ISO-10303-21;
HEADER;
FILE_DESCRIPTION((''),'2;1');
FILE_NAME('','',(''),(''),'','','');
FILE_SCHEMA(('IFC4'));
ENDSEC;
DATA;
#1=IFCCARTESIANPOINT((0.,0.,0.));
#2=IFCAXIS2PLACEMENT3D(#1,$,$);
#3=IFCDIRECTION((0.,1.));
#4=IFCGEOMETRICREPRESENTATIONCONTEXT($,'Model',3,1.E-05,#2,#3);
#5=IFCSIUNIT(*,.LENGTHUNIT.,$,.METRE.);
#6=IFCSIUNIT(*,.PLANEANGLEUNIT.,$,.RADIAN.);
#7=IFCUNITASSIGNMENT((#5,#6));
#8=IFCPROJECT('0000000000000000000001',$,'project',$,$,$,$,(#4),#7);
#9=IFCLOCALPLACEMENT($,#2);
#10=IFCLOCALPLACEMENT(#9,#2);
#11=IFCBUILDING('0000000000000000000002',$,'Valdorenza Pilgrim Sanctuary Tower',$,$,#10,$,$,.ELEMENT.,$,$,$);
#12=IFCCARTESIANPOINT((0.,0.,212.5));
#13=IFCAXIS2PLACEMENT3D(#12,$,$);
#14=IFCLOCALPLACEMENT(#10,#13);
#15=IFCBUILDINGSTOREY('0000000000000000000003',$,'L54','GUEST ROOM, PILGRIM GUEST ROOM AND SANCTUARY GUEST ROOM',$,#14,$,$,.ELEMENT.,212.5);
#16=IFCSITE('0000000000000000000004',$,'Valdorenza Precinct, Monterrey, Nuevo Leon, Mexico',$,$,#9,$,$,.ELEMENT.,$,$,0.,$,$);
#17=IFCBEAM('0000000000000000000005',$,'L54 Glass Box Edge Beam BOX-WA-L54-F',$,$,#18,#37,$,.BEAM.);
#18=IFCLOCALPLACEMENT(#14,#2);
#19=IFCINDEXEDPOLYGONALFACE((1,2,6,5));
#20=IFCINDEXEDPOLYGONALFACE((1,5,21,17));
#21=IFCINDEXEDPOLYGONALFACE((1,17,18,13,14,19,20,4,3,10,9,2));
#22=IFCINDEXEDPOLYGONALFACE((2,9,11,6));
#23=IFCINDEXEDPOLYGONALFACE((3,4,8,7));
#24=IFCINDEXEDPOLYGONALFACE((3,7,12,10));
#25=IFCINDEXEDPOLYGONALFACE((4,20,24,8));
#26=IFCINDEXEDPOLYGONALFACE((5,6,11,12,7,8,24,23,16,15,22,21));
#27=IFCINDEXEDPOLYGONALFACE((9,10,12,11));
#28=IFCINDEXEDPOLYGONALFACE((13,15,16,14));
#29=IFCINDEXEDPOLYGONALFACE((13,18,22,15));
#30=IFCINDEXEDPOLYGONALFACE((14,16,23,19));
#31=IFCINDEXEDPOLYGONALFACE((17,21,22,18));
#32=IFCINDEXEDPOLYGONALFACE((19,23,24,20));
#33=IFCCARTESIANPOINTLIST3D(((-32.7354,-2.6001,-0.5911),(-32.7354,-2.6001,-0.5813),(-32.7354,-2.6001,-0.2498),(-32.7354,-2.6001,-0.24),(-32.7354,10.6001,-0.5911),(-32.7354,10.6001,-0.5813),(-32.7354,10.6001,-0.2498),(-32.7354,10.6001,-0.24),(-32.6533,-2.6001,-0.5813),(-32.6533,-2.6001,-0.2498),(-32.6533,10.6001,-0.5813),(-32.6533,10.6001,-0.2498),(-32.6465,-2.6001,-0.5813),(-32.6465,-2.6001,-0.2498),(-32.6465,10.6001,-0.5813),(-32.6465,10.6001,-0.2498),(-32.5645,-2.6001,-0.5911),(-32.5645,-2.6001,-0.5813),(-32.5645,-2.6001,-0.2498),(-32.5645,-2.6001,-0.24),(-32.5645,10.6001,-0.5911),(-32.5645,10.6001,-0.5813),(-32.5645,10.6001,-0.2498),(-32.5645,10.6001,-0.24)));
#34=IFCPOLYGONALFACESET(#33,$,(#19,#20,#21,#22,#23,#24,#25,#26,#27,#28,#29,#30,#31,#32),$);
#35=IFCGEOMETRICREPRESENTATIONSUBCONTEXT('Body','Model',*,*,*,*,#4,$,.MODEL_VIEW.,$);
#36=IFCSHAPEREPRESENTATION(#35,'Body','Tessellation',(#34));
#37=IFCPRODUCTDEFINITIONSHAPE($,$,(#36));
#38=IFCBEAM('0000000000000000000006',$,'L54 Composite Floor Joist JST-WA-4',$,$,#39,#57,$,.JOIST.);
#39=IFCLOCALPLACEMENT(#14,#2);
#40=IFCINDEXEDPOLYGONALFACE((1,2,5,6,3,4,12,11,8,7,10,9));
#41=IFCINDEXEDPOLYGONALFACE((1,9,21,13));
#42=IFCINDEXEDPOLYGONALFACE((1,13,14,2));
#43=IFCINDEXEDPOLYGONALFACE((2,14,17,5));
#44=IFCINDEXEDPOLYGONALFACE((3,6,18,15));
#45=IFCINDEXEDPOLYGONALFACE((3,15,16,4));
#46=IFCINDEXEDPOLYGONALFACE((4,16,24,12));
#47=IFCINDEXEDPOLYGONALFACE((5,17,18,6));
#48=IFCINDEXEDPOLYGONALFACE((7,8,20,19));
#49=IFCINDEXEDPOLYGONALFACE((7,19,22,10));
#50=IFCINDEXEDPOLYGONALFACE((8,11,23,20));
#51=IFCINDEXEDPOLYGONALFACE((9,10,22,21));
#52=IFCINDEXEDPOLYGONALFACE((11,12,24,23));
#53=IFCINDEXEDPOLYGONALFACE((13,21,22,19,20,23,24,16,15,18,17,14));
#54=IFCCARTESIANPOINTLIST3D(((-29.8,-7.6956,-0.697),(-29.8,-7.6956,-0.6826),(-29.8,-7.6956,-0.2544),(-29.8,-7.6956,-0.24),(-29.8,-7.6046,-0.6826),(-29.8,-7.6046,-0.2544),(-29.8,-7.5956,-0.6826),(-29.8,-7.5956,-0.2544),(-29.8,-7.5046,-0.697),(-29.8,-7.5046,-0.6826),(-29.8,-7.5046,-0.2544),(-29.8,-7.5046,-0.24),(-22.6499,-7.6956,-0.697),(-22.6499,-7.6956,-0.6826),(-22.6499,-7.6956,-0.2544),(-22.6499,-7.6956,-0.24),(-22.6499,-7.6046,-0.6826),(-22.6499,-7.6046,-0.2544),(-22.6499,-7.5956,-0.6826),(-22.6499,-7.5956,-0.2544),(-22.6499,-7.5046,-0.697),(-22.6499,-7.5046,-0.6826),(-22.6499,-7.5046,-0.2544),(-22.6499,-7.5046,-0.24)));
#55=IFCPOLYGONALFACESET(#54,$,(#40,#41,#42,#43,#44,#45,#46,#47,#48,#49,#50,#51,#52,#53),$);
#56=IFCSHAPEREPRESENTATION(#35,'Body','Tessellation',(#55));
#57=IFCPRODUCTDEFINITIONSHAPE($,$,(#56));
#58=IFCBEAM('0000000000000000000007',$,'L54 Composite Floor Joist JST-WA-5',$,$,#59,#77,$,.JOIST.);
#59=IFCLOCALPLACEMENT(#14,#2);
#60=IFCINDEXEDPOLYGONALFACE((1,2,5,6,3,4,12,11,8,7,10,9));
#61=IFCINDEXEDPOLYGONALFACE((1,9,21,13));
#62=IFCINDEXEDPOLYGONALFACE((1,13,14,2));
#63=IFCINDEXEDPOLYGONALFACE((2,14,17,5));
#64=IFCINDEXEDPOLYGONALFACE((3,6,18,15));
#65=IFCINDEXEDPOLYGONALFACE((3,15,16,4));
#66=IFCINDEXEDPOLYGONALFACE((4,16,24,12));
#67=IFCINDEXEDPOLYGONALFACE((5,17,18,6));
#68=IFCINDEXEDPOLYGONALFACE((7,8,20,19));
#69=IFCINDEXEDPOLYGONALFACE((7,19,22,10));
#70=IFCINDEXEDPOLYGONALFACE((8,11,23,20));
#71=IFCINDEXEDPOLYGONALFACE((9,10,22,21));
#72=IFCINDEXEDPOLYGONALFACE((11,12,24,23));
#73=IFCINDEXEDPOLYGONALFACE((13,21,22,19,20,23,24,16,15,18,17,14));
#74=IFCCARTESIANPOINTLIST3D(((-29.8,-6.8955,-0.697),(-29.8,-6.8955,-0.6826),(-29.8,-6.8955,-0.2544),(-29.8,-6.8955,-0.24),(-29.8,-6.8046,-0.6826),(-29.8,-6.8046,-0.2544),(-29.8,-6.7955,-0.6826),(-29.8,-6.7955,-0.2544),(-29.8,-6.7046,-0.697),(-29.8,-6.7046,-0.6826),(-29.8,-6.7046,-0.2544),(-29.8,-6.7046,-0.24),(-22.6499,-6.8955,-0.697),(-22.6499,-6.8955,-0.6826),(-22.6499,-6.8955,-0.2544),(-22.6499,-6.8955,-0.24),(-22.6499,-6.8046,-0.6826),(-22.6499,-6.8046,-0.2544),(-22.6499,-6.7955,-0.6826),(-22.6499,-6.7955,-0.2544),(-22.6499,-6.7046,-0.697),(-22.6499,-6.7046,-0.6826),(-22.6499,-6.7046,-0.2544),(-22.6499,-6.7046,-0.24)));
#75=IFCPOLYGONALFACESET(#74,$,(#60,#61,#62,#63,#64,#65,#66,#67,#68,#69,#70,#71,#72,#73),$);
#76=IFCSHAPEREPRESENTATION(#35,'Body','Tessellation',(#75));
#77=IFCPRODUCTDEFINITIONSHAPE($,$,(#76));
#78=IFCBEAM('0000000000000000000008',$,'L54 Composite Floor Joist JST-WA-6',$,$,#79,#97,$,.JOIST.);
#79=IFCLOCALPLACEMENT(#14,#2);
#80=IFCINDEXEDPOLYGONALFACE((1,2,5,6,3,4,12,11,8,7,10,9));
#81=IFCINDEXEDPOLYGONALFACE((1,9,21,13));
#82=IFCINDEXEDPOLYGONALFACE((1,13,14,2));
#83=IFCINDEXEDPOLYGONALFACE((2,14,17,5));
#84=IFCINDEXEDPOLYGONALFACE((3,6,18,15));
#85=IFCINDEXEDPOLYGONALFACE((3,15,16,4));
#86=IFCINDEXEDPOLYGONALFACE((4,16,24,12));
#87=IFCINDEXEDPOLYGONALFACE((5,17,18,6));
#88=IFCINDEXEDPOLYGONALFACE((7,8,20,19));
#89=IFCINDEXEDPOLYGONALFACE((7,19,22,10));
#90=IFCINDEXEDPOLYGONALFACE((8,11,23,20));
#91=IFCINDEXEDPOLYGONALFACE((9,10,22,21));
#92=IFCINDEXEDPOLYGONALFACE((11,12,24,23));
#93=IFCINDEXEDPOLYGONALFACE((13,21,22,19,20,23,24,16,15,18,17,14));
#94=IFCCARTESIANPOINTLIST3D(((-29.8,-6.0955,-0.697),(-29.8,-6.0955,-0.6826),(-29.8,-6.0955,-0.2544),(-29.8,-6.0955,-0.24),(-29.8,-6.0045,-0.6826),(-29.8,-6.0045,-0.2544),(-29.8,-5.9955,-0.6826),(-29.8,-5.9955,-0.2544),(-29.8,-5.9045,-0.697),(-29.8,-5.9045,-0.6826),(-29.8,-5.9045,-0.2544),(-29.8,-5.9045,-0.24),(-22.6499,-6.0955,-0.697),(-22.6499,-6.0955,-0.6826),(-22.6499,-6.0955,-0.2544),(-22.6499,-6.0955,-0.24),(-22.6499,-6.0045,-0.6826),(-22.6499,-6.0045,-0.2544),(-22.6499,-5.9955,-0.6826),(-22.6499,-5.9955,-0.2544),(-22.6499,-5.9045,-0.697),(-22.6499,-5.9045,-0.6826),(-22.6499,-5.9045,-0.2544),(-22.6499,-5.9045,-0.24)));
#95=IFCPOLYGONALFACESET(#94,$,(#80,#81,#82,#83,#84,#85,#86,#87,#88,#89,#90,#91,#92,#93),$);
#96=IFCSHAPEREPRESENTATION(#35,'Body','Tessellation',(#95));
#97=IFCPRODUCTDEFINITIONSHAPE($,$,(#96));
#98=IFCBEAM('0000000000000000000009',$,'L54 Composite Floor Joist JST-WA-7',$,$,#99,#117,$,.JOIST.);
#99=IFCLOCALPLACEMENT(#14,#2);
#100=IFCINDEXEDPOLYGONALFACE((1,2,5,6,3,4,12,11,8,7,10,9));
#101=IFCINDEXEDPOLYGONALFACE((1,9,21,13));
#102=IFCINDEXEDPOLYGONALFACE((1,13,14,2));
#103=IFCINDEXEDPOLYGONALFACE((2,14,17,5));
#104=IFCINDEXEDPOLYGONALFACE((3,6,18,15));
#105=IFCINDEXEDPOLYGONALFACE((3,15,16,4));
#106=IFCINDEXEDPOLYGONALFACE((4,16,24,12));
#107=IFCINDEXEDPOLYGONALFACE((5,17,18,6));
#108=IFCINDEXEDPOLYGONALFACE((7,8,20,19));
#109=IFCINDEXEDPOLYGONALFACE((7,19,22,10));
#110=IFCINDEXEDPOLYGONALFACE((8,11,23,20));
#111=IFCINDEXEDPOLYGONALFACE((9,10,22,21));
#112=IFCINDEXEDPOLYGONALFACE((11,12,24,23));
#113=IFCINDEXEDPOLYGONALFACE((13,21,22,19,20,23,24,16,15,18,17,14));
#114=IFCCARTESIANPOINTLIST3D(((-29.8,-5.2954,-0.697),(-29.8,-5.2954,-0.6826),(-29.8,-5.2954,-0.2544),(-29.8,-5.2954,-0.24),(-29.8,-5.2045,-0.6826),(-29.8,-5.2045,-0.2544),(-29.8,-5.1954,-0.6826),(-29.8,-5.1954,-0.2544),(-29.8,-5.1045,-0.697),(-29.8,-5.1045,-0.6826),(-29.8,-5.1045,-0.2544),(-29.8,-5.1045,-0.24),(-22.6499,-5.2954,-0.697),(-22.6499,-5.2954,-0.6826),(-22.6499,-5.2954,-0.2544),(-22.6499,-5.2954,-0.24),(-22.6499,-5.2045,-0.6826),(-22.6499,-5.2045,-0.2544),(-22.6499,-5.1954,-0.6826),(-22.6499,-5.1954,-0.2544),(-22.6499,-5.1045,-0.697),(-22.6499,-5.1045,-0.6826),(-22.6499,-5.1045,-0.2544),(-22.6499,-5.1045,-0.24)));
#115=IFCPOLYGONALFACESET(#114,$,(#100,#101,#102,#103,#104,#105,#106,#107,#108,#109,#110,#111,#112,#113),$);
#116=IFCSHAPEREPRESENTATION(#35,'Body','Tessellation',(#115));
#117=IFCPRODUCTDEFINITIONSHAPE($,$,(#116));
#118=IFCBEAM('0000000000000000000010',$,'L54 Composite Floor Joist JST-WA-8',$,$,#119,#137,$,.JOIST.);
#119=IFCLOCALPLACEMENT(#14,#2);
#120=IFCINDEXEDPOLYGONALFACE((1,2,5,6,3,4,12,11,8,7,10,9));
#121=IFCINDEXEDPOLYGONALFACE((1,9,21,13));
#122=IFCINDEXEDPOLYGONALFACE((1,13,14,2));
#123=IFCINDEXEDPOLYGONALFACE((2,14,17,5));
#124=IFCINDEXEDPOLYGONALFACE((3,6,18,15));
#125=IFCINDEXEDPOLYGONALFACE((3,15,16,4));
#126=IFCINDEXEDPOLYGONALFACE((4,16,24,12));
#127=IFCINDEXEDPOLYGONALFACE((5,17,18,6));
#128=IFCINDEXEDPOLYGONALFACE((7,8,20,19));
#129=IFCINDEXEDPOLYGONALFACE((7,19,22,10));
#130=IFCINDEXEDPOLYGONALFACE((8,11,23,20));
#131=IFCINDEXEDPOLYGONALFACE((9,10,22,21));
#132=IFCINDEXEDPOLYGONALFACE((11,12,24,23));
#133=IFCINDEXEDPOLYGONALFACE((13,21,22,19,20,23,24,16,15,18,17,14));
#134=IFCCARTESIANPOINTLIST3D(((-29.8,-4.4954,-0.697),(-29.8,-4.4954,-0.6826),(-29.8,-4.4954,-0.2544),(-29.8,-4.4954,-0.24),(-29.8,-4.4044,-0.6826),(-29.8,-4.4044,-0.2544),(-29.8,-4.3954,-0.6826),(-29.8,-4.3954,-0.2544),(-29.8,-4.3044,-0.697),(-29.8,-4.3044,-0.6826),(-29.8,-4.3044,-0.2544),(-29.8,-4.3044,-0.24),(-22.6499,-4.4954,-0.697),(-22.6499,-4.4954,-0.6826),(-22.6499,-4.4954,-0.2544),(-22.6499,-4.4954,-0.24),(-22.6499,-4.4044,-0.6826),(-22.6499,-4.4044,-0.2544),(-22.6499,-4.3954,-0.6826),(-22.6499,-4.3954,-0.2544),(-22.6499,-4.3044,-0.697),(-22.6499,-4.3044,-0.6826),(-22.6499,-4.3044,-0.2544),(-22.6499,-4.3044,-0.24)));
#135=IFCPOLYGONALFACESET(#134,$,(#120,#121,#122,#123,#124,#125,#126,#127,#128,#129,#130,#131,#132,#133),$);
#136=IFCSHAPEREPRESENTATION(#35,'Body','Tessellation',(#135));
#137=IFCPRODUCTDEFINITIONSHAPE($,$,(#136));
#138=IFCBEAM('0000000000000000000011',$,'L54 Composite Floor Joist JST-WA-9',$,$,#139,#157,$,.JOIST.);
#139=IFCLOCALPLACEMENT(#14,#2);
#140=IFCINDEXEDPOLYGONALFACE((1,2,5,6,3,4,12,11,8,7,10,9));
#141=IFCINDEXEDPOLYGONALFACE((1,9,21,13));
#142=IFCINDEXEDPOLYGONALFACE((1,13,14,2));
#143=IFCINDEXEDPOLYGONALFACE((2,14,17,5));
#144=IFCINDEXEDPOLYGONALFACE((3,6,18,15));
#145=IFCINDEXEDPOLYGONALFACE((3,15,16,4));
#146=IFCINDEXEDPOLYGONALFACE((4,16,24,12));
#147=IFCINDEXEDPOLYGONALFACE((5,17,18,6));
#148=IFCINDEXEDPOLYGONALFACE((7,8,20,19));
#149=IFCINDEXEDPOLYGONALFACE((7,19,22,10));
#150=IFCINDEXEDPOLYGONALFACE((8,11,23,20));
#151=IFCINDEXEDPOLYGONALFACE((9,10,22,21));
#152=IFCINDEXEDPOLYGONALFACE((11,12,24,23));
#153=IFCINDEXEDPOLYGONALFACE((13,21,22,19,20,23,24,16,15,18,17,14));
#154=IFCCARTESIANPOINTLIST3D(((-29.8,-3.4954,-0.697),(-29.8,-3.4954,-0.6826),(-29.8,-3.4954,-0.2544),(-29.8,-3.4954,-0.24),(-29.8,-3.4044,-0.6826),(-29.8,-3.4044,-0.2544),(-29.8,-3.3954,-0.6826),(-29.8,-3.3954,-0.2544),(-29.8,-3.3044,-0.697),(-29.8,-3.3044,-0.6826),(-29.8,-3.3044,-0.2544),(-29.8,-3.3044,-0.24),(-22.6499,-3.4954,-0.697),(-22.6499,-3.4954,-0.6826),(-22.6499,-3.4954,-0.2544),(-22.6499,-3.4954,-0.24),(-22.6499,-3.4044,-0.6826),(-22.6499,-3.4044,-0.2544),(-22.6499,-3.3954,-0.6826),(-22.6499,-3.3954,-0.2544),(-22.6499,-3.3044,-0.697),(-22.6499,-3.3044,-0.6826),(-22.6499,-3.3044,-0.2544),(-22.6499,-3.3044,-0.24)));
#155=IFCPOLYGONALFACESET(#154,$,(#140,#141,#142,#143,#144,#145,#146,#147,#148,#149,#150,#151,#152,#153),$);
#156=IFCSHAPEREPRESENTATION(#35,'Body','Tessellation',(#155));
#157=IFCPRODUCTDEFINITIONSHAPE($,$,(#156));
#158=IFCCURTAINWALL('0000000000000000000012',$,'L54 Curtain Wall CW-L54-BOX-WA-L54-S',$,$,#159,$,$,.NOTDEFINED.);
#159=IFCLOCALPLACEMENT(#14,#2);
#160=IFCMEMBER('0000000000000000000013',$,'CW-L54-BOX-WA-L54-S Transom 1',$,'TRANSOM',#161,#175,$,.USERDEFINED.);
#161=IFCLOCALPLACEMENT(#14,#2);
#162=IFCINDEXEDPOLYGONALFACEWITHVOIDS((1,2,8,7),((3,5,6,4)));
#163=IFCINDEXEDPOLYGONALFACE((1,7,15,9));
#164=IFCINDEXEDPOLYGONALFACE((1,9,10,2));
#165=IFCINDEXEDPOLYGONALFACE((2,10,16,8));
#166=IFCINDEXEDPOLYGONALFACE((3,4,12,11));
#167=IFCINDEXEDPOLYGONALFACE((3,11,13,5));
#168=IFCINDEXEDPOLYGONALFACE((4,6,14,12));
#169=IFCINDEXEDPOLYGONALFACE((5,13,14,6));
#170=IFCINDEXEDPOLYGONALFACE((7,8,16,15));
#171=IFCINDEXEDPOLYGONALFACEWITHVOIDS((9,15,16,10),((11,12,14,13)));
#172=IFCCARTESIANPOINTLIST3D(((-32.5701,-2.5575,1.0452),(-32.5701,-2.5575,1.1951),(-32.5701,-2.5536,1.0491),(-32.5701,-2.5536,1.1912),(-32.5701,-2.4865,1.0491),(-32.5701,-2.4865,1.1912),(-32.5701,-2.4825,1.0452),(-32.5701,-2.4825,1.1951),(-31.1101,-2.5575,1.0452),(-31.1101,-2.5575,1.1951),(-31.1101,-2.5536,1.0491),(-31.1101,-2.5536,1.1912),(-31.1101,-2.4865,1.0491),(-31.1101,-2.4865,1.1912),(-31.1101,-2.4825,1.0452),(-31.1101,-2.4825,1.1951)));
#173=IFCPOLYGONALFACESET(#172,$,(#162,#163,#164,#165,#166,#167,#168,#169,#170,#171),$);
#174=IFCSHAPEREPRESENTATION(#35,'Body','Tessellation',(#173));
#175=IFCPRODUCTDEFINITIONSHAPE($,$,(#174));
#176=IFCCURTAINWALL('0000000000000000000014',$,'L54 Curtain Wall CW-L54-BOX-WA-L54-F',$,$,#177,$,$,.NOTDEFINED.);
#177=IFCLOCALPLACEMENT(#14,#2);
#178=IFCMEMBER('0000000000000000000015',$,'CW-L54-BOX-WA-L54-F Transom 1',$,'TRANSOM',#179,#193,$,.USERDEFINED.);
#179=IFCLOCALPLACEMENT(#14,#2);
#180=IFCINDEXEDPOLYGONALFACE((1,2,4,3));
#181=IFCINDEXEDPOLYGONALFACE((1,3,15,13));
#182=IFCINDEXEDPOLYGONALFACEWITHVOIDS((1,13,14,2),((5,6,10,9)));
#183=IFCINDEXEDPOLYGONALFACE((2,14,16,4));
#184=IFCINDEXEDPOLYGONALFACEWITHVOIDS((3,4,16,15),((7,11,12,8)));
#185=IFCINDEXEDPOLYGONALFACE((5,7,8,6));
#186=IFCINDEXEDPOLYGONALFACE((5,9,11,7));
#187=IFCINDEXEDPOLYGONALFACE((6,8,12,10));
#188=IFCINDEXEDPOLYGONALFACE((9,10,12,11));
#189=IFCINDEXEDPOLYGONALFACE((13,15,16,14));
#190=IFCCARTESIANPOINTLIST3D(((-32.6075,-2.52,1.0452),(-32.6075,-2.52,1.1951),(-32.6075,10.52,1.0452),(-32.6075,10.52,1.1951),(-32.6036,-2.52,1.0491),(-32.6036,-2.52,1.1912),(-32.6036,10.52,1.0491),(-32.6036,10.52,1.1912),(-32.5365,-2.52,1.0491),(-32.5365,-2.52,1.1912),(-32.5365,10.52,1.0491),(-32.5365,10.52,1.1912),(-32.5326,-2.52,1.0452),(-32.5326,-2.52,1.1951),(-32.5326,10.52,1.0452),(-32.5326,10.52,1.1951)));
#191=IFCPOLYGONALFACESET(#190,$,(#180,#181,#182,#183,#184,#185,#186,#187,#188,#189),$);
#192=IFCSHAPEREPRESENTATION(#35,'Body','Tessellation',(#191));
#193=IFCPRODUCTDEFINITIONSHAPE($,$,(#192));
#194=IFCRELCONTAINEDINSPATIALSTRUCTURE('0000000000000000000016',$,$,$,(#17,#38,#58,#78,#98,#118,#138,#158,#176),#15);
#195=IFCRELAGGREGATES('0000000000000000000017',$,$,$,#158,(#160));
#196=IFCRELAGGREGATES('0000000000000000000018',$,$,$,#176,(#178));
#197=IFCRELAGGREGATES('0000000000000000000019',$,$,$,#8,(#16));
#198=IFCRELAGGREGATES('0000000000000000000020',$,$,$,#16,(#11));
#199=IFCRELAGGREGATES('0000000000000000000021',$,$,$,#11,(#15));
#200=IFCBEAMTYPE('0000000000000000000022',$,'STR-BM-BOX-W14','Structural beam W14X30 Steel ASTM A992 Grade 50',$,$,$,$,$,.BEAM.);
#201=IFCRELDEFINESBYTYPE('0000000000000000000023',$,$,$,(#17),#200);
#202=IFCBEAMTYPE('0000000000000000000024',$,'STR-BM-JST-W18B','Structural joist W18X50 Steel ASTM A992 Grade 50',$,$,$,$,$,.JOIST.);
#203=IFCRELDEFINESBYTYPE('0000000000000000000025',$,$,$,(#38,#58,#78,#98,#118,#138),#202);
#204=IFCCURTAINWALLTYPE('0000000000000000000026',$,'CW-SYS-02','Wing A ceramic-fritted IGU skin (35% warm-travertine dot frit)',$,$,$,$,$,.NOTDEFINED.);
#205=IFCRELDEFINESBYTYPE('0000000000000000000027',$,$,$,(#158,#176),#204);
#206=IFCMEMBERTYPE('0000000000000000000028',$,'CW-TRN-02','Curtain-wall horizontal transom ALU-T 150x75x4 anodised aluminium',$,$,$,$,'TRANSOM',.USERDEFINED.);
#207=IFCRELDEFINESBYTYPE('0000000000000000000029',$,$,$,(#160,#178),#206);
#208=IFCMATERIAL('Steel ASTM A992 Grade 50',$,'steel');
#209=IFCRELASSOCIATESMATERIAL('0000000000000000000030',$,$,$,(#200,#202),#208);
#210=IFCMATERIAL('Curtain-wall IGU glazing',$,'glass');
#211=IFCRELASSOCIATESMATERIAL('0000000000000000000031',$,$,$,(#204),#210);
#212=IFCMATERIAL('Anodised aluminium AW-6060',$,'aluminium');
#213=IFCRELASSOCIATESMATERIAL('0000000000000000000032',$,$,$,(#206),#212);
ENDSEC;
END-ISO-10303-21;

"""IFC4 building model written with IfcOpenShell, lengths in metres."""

from ifc_helpers import new_model, si_unit, direction, frame, origin, origin_2d, place, context, subcontext, project, spatial, hollow_rectangle, i_section, extrude, source, transform, mapped, material, material_profile, profile_set, type_object, element, aggregate, save


model = new_model("IFC4")

# Units and contexts
model_context = context("Model", 3, precision=1e-05, world=origin(), true_north=direction((0.0, 1.0)))
body_context = subcontext(model_context, "Body", "Model", "MODEL_VIEW")
ifc_project = project(units=[si_unit("LENGTHUNIT", "METRE"), si_unit("PLANEANGLEUNIT", "RADIAN")], contexts=[model_context])

# Site, building, storey
site_placement = place(None, origin())
site = spatial("IfcSite", under=ifc_project, at=site_placement, Name="Valdorenza Precinct, Monterrey, Nuevo Leon, Mexico", CompositionType="ELEMENT", RefElevation=0.0)
building_placement = place(site_placement, origin())
building = spatial("IfcBuilding", under=site, at=building_placement, Name="Valdorenza Pilgrim Sanctuary Tower", CompositionType="ELEMENT")
storey_placement = place(building_placement, frame((0.0, 0.0, 212.5)))
storey = spatial("IfcBuildingStorey", under=building, at=storey_placement, Name="L54", Description="GUEST ROOM, PILGRIM GUEST ROOM AND SANCTUARY GUEST ROOM", CompositionType="ELEMENT", Elevation=212.5)

# Beams
ifc_material_1 = material(Name="Steel ASTM A992 Grade 50", Category="steel")
ifc_material_profile_1 = material_profile(ifc_material_1, i_section(OverallWidth=0.1709, OverallDepth=0.3511, WebThickness=0.0068, FlangeThickness=0.0098, at=origin_2d()), Name="W14X30")
ifc_profile_set_1 = profile_set([ifc_material_profile_1], Name="Steel ASTM A992 Grade 50")
beam_type_1 = type_object("IfcBeamType", Name="STR-BM-BOX-W14", Description="Structural beam W14X30 Steel ASTM A992 Grade 50", PredefinedType="BEAM", material=ifc_profile_set_1)
shared_shape_1 = source(origin(), body_context, "Body", "SweptSolid", [
    extrude(i_section(OverallWidth=0.1709, OverallDepth=0.3511, WebThickness=0.0068, FlangeThickness=0.0098, at=origin_2d()), origin(), (0.0, 0.0, 1.0), 13.2002),
])
beam_placement = place(storey_placement, frame((-32.6499, -2.6001, -0.4155), z_axis=(0.0, 1.0, 0.0), x_axis=(-1.0, 0.0, 0.0)))
element("IfcBeam", 1, at=beam_placement, inside=storey, type_object=beam_type_1, Name="L54 Glass Box Edge Beam BOX-WA-L54-F", PredefinedType="BEAM", context=body_context, shape_type="MappedRepresentation", body=[
    mapped(shared_shape_1, transform((0.0, 0.0, 0.0), x_axis=(1.0, 0.0, 0.0), y_axis=(0.0, 1.0, 0.0), z_axis=(0.0, 0.0, 1.0), scale=1.0)),
])
ifc_material_profile_2 = material_profile(ifc_material_1, i_section(OverallWidth=0.1909, OverallDepth=0.457, WebThickness=0.009, FlangeThickness=0.0144, at=origin_2d()), Name="W18X50")
ifc_profile_set_2 = profile_set([ifc_material_profile_2], Name="Steel ASTM A992 Grade 50")
beam_type_2 = type_object("IfcBeamType", Name="STR-BM-JST-W18B", Description="Structural joist W18X50 Steel ASTM A992 Grade 50", PredefinedType="JOIST", material=ifc_profile_set_2)
shared_shape_2 = source(origin(), body_context, "Body", "SweptSolid", [
    extrude(i_section(OverallWidth=0.1909, OverallDepth=0.457, WebThickness=0.009, FlangeThickness=0.0144, at=origin_2d()), origin(), (0.0, 0.0, 1.0), 7.1501),
])
for number, where, z_axis, x_axis, name in (
    (2, (-29.8, -7.6001, -0.4685), (1.0, 0.0, 0.0), (0.0, 1.0, 0.0), "L54 Composite Floor Joist JST-WA-4"),
    (3, (-29.8, -6.8, -0.4685), (1.0, 0.0, 0.0), (0.0, 1.0, 0.0), "L54 Composite Floor Joist JST-WA-5"),
    (4, (-29.8, -6.0, -0.4685), (1.0, 0.0, 0.0), (0.0, 1.0, 0.0), "L54 Composite Floor Joist JST-WA-6"),
    (5, (-29.8, -5.2, -0.4685), (1.0, 0.0, 0.0), (0.0, 1.0, 0.0), "L54 Composite Floor Joist JST-WA-7"),
    (6, (-29.8, -4.3999, -0.4685), (1.0, 0.0, 0.0), (0.0, 1.0, 0.0), "L54 Composite Floor Joist JST-WA-8"),
    (7, (-29.8, -3.3999, -0.4685), (1.0, 0.0, 0.0), (0.0, 1.0, 0.0), "L54 Composite Floor Joist JST-WA-9"),
):
    element("IfcBeam", number, at=place(storey_placement, frame(where, z_axis=z_axis, x_axis=x_axis)), inside=storey, type_object=beam_type_2, Name=name, PredefinedType="JOIST", context=body_context, shape_type="MappedRepresentation", body=[
        mapped(shared_shape_2, transform((0.0, 0.0, 0.0), x_axis=(1.0, 0.0, 0.0), y_axis=(0.0, 1.0, 0.0), z_axis=(0.0, 0.0, 1.0), scale=1.0)),
    ])

# Curtain walls, members
ifc_material_2 = material(Name="Curtain-wall IGU glazing", Category="glass")
curtain_wall_type = type_object("IfcCurtainWallType", Name="CW-SYS-02", Description="Wing A ceramic-fritted IGU skin (35% warm-travertine dot frit)", PredefinedType="NOTDEFINED", material=ifc_material_2)
curtain_wall_1_placement = place(storey_placement, origin())
curtain_wall_1 = element("IfcCurtainWall", 8, at=curtain_wall_1_placement, inside=storey, type_object=curtain_wall_type, Name="L54 Curtain Wall CW-L54-BOX-WA-L54-S", PredefinedType="NOTDEFINED")
ifc_material_3 = material(Name="Anodised aluminium AW-6060", Category="aluminium")
ifc_material_profile_3 = material_profile(ifc_material_3, hollow_rectangle(XDim=0.075, YDim=0.1499, WallThickness=0.0039, at=origin_2d()), Name="ALU-T 150x75x4")
ifc_profile_set_3 = profile_set([ifc_material_profile_3], Name="Anodised aluminium AW-6060")
member_type_1 = type_object("IfcMemberType", Name="CW-TRN-02", Description="Curtain-wall horizontal transom ALU-T 150x75x4 anodised aluminium", ElementType="TRANSOM", PredefinedType="USERDEFINED", material=ifc_profile_set_3)
shared_shape_3 = source(origin(), body_context, "Body", "SweptSolid", [
    extrude(hollow_rectangle(XDim=0.075, YDim=0.1499, WallThickness=0.0039, at=origin_2d()), origin(), (0.0, 0.0, 1.0), 1.46),
])
member_1_placement = place(storey_placement, frame((-31.1101, -2.52, 1.1201), z_axis=(-1.0, 0.0, 0.0), x_axis=(0.0, -1.0, 0.0)))
member_1 = element("IfcMember", 9, at=member_1_placement, type_object=member_type_1, Name="CW-L54-BOX-WA-L54-S Transom 1", ObjectType="TRANSOM", PredefinedType="USERDEFINED", context=body_context, shape_type="MappedRepresentation", body=[
    mapped(shared_shape_3, transform((0.0, 0.0, 0.0), x_axis=(1.0, 0.0, 0.0), y_axis=(0.0, 1.0, 0.0), z_axis=(0.0, 0.0, 1.0), scale=1.0)),
])
curtain_wall_2_placement = place(storey_placement, origin())
curtain_wall_2 = element("IfcCurtainWall", 10, at=curtain_wall_2_placement, inside=storey, type_object=curtain_wall_type, Name="L54 Curtain Wall CW-L54-BOX-WA-L54-F", PredefinedType="NOTDEFINED")
shared_shape_4 = source(origin(), body_context, "Body", "SweptSolid", [
    extrude(hollow_rectangle(XDim=0.075, YDim=0.1499, WallThickness=0.0039, at=origin_2d()), origin(), (0.0, 0.0, 1.0), 13.04),
])
member_2_placement = place(storey_placement, frame((-32.5701, -2.52, 1.1201), z_axis=(0.0, 1.0, 0.0), x_axis=(-1.0, 0.0, 0.0)))
member_2 = element("IfcMember", 11, at=member_2_placement, type_object=member_type_1, Name="CW-L54-BOX-WA-L54-F Transom 1", ObjectType="TRANSOM", PredefinedType="USERDEFINED", context=body_context, shape_type="MappedRepresentation", body=[
    mapped(shared_shape_4, transform((0.0, 0.0, 0.0), x_axis=(1.0, 0.0, 0.0), y_axis=(0.0, 1.0, 0.0), z_axis=(0.0, 0.0, 1.0), scale=1.0)),
])

aggregate(curtain_wall_1, [member_1])
aggregate(curtain_wall_2, [member_2])

save(model, "model.ifc")
